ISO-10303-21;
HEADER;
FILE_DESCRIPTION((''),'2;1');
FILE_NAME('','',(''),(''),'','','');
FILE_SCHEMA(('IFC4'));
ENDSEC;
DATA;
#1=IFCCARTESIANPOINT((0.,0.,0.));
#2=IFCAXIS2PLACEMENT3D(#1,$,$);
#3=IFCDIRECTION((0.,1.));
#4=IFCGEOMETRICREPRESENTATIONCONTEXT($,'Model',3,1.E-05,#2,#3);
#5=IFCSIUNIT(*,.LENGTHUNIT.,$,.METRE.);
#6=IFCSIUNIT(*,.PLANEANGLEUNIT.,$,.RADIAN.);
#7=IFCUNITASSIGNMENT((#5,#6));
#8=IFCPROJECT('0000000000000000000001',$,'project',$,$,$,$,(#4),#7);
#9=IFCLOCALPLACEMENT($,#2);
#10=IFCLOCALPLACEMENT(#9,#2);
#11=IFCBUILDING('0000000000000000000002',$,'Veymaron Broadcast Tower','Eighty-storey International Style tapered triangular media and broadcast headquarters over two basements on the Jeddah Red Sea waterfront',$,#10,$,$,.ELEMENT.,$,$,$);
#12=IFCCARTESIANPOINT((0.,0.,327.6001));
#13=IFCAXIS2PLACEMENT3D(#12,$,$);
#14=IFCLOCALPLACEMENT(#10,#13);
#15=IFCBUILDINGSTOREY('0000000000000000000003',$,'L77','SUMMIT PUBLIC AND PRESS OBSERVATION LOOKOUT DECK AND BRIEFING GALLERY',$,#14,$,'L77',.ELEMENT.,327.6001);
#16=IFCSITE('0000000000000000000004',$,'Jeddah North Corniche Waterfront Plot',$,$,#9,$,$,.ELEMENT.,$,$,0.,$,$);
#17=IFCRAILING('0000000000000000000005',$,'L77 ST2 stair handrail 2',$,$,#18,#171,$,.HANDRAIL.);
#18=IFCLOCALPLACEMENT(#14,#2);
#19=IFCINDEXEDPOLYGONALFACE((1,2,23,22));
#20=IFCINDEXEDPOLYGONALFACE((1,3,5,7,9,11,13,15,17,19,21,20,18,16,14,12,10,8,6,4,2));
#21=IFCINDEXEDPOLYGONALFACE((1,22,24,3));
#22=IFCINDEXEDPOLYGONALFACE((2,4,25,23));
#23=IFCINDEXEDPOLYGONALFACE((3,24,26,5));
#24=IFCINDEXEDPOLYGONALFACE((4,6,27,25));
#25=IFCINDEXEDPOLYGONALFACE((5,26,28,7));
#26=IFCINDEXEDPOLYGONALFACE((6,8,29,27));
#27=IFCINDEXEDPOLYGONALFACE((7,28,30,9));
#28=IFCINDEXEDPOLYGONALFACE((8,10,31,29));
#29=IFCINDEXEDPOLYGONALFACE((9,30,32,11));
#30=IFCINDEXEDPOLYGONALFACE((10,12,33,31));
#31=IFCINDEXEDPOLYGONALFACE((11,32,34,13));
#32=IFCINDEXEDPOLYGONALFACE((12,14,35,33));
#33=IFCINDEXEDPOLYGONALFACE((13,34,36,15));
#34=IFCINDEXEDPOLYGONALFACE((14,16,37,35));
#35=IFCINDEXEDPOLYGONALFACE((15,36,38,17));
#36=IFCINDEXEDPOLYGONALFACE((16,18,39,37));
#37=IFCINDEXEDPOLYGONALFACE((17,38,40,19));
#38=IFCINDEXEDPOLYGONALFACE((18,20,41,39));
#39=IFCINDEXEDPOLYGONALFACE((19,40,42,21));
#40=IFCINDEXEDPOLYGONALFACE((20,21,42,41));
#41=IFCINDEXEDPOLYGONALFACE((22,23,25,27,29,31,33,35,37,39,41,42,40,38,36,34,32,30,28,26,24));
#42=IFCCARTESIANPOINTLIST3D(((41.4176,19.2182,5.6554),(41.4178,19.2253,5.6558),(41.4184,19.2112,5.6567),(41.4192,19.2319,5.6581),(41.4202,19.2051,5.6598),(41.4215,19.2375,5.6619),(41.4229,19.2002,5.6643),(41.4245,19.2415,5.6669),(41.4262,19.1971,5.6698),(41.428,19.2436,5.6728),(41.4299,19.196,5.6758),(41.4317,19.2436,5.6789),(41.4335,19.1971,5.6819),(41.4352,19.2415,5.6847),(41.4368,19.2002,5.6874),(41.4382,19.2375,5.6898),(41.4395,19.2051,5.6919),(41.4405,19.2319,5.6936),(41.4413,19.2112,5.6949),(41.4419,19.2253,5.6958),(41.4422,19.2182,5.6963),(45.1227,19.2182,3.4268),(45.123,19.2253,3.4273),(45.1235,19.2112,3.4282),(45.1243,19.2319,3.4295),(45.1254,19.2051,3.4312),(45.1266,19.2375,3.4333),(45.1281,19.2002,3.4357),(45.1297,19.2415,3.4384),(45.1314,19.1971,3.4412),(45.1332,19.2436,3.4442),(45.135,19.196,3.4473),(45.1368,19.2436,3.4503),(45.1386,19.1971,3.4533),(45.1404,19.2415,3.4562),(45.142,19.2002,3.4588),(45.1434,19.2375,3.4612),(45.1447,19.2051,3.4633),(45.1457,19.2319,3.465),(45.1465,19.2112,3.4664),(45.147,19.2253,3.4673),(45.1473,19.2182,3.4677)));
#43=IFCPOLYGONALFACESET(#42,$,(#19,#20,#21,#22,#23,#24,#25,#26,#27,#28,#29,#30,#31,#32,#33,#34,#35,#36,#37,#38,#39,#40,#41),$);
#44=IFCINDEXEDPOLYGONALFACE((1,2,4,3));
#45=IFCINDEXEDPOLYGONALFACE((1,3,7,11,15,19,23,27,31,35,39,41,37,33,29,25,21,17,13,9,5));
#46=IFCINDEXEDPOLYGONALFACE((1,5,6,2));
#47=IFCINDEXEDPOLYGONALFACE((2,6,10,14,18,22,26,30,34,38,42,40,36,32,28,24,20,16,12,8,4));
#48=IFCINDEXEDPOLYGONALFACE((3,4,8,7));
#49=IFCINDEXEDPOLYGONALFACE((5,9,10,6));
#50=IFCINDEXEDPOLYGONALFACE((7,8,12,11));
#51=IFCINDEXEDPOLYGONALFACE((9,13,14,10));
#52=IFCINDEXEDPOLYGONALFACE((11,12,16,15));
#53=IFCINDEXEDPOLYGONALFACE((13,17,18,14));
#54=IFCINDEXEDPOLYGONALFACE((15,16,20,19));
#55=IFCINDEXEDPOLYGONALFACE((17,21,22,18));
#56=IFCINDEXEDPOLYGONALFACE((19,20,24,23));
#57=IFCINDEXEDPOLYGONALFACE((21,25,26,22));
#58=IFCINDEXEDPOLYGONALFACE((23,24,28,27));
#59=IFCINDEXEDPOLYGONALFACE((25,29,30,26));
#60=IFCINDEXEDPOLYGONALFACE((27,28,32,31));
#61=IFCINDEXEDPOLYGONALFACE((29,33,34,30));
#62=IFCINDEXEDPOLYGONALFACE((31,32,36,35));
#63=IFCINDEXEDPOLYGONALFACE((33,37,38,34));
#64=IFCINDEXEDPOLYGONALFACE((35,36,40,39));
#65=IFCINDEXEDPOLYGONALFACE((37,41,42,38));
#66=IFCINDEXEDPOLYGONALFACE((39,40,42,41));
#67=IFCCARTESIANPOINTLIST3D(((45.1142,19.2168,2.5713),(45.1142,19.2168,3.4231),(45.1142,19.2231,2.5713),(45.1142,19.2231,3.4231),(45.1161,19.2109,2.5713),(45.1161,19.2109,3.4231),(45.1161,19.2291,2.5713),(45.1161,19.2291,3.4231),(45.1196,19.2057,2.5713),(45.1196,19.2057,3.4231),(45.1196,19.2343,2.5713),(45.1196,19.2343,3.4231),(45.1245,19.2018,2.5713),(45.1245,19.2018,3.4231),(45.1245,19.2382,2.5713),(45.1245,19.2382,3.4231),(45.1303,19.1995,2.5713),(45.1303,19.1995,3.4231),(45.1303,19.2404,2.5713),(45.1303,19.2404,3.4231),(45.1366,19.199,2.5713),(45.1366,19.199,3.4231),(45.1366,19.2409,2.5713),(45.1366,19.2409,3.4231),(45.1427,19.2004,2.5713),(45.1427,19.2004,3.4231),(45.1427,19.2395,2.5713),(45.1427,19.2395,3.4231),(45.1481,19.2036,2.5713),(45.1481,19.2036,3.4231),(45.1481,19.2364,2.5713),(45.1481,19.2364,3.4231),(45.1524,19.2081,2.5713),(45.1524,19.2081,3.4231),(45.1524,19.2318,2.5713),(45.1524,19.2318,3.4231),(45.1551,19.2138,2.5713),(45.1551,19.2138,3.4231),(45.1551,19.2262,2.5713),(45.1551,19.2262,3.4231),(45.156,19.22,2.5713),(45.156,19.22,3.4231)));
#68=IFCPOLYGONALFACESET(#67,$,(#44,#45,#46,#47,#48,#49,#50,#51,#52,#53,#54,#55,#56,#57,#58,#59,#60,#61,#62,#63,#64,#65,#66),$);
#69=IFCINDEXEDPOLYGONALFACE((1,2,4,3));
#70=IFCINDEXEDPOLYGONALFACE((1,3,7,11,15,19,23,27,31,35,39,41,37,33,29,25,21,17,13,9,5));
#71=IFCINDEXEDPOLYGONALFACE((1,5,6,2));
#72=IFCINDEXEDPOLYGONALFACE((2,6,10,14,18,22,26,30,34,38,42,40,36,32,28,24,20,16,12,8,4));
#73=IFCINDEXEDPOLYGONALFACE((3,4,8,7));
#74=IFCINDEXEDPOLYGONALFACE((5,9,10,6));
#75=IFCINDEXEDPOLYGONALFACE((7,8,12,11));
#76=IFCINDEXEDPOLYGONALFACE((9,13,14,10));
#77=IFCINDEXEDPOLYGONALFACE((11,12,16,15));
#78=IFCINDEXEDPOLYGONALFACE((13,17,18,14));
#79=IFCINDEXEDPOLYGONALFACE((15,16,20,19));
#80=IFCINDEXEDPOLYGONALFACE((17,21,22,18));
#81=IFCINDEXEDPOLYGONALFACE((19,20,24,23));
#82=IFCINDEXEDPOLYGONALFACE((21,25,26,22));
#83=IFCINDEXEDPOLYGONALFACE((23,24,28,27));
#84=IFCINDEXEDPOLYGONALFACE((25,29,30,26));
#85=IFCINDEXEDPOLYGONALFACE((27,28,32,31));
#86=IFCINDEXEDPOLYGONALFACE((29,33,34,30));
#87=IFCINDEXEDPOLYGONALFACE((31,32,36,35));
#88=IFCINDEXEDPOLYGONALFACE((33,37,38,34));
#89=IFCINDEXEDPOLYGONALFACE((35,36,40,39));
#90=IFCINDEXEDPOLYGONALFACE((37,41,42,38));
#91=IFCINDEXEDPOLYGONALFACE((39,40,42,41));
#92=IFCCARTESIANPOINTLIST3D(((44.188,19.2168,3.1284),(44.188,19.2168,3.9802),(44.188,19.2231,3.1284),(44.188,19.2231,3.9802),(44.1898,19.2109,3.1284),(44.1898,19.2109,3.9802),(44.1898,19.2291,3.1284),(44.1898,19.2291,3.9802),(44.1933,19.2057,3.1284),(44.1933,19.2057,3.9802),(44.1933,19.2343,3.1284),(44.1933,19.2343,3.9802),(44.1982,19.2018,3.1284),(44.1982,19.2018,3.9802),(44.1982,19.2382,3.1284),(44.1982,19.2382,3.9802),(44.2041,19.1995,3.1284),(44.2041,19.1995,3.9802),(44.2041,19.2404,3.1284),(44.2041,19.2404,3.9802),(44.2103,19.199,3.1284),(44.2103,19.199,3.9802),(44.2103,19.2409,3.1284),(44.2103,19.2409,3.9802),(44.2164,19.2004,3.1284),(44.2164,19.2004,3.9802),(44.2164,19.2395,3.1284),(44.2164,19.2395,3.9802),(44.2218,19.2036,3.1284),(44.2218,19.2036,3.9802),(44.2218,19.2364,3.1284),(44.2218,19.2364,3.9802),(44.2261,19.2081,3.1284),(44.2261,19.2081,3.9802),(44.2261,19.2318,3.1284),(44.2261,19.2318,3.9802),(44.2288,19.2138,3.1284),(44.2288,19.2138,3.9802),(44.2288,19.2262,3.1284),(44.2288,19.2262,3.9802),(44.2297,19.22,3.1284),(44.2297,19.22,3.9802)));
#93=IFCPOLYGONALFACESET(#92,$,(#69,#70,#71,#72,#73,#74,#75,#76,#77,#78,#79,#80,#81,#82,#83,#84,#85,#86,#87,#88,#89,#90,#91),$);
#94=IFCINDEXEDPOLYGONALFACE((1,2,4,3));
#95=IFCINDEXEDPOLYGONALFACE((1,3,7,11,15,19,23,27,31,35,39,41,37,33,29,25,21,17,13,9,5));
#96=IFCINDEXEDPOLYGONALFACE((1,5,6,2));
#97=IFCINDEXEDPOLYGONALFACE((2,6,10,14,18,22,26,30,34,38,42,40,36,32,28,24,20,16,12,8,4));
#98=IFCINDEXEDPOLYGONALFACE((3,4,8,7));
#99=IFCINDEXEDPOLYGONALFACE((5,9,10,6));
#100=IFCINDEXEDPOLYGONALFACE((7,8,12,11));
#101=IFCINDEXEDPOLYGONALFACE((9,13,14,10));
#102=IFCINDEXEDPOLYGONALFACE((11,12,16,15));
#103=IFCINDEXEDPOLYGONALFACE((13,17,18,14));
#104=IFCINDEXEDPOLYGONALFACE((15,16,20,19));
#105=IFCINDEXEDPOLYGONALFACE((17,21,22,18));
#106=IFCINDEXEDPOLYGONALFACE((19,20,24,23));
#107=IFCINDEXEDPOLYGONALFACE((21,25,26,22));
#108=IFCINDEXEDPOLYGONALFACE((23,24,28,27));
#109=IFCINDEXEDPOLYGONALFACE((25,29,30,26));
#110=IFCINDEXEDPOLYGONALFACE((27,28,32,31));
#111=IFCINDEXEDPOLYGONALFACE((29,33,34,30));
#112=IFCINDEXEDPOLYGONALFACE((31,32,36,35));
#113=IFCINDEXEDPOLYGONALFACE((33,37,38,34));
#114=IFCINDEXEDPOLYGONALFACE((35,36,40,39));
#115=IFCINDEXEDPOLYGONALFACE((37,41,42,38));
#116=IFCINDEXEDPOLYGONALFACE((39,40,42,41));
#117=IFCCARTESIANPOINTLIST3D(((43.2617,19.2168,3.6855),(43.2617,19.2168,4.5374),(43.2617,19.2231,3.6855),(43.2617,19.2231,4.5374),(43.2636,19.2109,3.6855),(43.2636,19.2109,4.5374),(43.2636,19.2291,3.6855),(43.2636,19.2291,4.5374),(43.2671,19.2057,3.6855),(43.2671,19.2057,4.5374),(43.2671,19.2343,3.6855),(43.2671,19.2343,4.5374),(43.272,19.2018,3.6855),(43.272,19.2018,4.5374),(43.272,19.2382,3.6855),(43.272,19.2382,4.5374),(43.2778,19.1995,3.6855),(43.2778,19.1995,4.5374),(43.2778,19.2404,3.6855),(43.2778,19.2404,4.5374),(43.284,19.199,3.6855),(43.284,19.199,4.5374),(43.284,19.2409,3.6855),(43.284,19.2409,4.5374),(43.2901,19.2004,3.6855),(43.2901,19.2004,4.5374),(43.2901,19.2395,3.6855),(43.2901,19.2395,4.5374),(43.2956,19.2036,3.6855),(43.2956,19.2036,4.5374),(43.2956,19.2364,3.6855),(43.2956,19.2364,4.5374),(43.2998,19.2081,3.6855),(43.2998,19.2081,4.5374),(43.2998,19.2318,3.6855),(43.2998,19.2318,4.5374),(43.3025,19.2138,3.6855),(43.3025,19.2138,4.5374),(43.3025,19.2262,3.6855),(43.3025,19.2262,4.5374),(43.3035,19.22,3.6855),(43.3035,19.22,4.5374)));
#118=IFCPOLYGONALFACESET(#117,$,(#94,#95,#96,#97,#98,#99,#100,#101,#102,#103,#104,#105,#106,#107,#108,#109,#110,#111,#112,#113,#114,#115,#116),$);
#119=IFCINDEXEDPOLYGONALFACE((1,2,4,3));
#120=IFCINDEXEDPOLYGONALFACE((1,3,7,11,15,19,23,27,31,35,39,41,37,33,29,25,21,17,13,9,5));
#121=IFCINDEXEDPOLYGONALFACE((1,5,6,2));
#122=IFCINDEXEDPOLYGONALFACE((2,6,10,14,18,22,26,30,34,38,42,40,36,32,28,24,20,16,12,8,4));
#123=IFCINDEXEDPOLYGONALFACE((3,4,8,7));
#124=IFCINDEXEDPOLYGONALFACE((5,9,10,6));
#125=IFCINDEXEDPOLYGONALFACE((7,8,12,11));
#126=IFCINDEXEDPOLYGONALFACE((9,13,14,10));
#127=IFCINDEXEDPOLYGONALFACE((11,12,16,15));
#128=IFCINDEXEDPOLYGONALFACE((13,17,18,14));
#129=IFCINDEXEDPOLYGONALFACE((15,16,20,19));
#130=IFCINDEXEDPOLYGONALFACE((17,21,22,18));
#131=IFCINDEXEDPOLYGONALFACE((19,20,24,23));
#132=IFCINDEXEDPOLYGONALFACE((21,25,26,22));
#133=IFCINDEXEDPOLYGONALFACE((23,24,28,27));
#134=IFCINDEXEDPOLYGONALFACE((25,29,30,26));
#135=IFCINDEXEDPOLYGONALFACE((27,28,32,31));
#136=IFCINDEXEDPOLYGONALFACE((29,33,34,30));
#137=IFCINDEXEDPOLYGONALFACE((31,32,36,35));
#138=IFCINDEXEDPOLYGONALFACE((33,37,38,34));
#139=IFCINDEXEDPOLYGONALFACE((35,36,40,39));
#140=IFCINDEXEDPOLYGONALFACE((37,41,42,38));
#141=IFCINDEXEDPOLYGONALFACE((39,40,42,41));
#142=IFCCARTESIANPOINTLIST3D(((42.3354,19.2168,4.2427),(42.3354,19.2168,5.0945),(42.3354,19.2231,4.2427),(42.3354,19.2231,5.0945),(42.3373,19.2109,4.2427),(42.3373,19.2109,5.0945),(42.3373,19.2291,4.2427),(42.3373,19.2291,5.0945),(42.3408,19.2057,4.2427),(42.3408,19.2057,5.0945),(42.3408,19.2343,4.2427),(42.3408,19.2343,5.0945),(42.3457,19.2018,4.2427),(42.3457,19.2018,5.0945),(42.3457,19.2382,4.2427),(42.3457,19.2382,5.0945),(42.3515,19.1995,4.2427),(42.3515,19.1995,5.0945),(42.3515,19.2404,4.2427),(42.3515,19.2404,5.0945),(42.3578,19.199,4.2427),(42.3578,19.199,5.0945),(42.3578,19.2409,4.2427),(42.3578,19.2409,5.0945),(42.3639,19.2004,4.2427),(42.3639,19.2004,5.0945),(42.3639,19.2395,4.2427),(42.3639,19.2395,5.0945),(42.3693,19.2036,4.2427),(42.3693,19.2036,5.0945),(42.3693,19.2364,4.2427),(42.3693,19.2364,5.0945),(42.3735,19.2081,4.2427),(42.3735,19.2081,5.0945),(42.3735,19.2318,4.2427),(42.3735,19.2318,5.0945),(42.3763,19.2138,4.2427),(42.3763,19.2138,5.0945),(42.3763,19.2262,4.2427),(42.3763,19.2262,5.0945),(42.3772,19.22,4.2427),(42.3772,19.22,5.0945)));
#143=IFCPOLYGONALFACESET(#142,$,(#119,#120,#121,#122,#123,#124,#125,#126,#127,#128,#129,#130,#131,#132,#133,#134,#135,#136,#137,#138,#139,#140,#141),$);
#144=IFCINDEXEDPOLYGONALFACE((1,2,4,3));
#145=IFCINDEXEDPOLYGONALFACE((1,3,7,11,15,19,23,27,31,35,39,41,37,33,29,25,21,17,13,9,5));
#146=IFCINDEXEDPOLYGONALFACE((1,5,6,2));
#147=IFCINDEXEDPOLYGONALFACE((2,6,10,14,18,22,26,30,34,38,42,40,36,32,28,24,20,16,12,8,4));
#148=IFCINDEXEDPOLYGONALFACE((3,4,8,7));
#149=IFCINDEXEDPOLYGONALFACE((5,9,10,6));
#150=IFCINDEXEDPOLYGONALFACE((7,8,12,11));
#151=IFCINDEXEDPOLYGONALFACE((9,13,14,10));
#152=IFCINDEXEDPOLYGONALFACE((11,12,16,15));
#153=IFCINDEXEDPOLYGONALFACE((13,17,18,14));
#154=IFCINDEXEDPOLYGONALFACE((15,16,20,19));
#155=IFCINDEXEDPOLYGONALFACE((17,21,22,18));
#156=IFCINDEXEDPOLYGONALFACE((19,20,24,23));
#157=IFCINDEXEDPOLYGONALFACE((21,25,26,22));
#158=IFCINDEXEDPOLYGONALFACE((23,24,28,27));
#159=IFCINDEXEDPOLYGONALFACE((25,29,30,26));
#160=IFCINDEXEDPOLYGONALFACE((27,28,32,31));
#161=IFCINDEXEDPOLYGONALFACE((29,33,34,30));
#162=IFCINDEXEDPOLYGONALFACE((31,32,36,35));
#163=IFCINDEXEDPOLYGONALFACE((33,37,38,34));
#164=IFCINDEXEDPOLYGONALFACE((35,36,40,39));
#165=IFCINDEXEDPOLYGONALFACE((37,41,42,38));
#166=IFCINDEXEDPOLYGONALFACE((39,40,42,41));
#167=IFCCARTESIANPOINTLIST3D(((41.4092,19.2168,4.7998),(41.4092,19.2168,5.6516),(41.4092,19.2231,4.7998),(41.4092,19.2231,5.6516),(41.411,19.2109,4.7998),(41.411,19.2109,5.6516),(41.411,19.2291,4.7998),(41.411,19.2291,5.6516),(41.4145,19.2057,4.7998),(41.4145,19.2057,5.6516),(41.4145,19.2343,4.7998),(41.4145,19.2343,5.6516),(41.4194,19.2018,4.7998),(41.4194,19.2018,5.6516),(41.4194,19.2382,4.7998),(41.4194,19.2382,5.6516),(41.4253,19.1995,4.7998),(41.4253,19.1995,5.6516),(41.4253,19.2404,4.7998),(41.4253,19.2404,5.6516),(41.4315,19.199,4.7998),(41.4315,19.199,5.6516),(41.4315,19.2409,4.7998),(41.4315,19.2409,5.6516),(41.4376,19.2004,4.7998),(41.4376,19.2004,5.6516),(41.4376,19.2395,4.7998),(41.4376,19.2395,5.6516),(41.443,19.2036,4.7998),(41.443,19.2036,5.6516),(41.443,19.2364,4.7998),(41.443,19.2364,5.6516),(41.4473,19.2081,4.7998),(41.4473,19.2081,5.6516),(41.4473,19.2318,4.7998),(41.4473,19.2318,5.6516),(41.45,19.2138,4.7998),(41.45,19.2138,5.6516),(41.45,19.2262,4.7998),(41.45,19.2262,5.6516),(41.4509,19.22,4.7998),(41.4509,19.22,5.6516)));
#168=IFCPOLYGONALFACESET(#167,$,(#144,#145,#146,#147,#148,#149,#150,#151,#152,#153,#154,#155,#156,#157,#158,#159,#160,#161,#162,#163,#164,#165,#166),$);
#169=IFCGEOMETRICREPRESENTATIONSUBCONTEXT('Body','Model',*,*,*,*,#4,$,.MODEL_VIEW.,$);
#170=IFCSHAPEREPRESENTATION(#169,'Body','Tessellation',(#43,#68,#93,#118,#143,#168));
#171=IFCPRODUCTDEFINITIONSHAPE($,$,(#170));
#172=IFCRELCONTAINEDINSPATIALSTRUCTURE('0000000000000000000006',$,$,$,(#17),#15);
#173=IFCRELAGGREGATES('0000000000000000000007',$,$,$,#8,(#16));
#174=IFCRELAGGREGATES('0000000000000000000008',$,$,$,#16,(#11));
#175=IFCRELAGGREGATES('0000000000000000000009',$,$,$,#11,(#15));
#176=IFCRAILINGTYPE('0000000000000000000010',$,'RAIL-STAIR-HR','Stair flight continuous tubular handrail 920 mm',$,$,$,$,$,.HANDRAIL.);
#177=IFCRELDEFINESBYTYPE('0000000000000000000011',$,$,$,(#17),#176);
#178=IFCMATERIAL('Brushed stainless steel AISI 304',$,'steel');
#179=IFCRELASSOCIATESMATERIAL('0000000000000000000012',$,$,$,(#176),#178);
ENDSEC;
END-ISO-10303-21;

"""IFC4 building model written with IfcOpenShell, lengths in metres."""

from ifc_helpers import new_model, si_unit, direction, frame, origin, origin_2d, place, context, subcontext, project, spatial, circle, extrude, material, type_object, element, save


model = new_model("IFC4")

# Units and contexts
model_context = context("Model", 3, precision=1e-05, world=origin(), true_north=direction((0.0, 1.0)))
body_context = subcontext(model_context, "Body", "Model", "MODEL_VIEW")
ifc_project = project(units=[si_unit("LENGTHUNIT", "METRE"), si_unit("PLANEANGLEUNIT", "RADIAN")], contexts=[model_context])

# Site, building, storey
site_placement = place(None, origin())
site = spatial("IfcSite", under=ifc_project, at=site_placement, Name="Jeddah North Corniche Waterfront Plot", CompositionType="ELEMENT", RefElevation=0.0)
building_placement = place(site_placement, origin())
building = spatial("IfcBuilding", under=site, at=building_placement, Name="Veymaron Broadcast Tower", Description="Eighty-storey International Style tapered triangular media and broadcast headquarters over two basements on the Jeddah Red Sea waterfront", CompositionType="ELEMENT")
storey_placement = place(building_placement, frame((0.0, 0.0, 327.6001)))
storey = spatial("IfcBuildingStorey", under=building, at=storey_placement, Name="L77", Description="SUMMIT PUBLIC AND PRESS OBSERVATION LOOKOUT DECK AND BRIEFING GALLERY", LongName="L77", CompositionType="ELEMENT", Elevation=327.6001)

# Railing
ifc_material_1 = material(Name="Brushed stainless steel AISI 304", Category="steel")
railing_type_1 = type_object("IfcRailingType", Name="RAIL-STAIR-HR", Description="Stair flight continuous tubular handrail 920 mm", PredefinedType="HANDRAIL", material=ifc_material_1)
railing_1_placement = place(storey_placement, frame((45.135, 19.22, 2.5713)))
element("IfcRailing", 1, at=railing_1_placement, inside=storey, type_object=railing_type_1, Name="L77 ST2 stair handrail 2", PredefinedType="HANDRAIL", context=body_context, shape_type="SweptSolid", body=[
    extrude(circle(Radius=0.0239, at=origin_2d()), frame((0.0, 0.0, 0.876), z_axis=(-0.856934, 0.0, 0.515425), x_axis=(0.0, -1.0, 0.0)), (0.0, 0.0, 1.0), 4.3237),
    extrude(circle(Radius=0.021, at=origin_2d()), origin(), (0.0, 0.0, 1.0), 0.8518),
    extrude(circle(Radius=0.021, at=origin_2d()), frame((-0.9263, 0.0, 0.5571)), (0.0, 0.0, 1.0), 0.8518),
    extrude(circle(Radius=0.021, at=origin_2d()), frame((-1.8525, 0.0, 1.1143)), (0.0, 0.0, 1.0), 0.8518),
    extrude(circle(Radius=0.021, at=origin_2d()), frame((-2.7788, 0.0, 1.6714)), (0.0, 0.0, 1.0), 0.8518),
    extrude(circle(Radius=0.021, at=origin_2d()), frame((-3.7051, 0.0, 2.2285)), (0.0, 0.0, 1.0), 0.8518),
])

save(model, "model.ifc")
